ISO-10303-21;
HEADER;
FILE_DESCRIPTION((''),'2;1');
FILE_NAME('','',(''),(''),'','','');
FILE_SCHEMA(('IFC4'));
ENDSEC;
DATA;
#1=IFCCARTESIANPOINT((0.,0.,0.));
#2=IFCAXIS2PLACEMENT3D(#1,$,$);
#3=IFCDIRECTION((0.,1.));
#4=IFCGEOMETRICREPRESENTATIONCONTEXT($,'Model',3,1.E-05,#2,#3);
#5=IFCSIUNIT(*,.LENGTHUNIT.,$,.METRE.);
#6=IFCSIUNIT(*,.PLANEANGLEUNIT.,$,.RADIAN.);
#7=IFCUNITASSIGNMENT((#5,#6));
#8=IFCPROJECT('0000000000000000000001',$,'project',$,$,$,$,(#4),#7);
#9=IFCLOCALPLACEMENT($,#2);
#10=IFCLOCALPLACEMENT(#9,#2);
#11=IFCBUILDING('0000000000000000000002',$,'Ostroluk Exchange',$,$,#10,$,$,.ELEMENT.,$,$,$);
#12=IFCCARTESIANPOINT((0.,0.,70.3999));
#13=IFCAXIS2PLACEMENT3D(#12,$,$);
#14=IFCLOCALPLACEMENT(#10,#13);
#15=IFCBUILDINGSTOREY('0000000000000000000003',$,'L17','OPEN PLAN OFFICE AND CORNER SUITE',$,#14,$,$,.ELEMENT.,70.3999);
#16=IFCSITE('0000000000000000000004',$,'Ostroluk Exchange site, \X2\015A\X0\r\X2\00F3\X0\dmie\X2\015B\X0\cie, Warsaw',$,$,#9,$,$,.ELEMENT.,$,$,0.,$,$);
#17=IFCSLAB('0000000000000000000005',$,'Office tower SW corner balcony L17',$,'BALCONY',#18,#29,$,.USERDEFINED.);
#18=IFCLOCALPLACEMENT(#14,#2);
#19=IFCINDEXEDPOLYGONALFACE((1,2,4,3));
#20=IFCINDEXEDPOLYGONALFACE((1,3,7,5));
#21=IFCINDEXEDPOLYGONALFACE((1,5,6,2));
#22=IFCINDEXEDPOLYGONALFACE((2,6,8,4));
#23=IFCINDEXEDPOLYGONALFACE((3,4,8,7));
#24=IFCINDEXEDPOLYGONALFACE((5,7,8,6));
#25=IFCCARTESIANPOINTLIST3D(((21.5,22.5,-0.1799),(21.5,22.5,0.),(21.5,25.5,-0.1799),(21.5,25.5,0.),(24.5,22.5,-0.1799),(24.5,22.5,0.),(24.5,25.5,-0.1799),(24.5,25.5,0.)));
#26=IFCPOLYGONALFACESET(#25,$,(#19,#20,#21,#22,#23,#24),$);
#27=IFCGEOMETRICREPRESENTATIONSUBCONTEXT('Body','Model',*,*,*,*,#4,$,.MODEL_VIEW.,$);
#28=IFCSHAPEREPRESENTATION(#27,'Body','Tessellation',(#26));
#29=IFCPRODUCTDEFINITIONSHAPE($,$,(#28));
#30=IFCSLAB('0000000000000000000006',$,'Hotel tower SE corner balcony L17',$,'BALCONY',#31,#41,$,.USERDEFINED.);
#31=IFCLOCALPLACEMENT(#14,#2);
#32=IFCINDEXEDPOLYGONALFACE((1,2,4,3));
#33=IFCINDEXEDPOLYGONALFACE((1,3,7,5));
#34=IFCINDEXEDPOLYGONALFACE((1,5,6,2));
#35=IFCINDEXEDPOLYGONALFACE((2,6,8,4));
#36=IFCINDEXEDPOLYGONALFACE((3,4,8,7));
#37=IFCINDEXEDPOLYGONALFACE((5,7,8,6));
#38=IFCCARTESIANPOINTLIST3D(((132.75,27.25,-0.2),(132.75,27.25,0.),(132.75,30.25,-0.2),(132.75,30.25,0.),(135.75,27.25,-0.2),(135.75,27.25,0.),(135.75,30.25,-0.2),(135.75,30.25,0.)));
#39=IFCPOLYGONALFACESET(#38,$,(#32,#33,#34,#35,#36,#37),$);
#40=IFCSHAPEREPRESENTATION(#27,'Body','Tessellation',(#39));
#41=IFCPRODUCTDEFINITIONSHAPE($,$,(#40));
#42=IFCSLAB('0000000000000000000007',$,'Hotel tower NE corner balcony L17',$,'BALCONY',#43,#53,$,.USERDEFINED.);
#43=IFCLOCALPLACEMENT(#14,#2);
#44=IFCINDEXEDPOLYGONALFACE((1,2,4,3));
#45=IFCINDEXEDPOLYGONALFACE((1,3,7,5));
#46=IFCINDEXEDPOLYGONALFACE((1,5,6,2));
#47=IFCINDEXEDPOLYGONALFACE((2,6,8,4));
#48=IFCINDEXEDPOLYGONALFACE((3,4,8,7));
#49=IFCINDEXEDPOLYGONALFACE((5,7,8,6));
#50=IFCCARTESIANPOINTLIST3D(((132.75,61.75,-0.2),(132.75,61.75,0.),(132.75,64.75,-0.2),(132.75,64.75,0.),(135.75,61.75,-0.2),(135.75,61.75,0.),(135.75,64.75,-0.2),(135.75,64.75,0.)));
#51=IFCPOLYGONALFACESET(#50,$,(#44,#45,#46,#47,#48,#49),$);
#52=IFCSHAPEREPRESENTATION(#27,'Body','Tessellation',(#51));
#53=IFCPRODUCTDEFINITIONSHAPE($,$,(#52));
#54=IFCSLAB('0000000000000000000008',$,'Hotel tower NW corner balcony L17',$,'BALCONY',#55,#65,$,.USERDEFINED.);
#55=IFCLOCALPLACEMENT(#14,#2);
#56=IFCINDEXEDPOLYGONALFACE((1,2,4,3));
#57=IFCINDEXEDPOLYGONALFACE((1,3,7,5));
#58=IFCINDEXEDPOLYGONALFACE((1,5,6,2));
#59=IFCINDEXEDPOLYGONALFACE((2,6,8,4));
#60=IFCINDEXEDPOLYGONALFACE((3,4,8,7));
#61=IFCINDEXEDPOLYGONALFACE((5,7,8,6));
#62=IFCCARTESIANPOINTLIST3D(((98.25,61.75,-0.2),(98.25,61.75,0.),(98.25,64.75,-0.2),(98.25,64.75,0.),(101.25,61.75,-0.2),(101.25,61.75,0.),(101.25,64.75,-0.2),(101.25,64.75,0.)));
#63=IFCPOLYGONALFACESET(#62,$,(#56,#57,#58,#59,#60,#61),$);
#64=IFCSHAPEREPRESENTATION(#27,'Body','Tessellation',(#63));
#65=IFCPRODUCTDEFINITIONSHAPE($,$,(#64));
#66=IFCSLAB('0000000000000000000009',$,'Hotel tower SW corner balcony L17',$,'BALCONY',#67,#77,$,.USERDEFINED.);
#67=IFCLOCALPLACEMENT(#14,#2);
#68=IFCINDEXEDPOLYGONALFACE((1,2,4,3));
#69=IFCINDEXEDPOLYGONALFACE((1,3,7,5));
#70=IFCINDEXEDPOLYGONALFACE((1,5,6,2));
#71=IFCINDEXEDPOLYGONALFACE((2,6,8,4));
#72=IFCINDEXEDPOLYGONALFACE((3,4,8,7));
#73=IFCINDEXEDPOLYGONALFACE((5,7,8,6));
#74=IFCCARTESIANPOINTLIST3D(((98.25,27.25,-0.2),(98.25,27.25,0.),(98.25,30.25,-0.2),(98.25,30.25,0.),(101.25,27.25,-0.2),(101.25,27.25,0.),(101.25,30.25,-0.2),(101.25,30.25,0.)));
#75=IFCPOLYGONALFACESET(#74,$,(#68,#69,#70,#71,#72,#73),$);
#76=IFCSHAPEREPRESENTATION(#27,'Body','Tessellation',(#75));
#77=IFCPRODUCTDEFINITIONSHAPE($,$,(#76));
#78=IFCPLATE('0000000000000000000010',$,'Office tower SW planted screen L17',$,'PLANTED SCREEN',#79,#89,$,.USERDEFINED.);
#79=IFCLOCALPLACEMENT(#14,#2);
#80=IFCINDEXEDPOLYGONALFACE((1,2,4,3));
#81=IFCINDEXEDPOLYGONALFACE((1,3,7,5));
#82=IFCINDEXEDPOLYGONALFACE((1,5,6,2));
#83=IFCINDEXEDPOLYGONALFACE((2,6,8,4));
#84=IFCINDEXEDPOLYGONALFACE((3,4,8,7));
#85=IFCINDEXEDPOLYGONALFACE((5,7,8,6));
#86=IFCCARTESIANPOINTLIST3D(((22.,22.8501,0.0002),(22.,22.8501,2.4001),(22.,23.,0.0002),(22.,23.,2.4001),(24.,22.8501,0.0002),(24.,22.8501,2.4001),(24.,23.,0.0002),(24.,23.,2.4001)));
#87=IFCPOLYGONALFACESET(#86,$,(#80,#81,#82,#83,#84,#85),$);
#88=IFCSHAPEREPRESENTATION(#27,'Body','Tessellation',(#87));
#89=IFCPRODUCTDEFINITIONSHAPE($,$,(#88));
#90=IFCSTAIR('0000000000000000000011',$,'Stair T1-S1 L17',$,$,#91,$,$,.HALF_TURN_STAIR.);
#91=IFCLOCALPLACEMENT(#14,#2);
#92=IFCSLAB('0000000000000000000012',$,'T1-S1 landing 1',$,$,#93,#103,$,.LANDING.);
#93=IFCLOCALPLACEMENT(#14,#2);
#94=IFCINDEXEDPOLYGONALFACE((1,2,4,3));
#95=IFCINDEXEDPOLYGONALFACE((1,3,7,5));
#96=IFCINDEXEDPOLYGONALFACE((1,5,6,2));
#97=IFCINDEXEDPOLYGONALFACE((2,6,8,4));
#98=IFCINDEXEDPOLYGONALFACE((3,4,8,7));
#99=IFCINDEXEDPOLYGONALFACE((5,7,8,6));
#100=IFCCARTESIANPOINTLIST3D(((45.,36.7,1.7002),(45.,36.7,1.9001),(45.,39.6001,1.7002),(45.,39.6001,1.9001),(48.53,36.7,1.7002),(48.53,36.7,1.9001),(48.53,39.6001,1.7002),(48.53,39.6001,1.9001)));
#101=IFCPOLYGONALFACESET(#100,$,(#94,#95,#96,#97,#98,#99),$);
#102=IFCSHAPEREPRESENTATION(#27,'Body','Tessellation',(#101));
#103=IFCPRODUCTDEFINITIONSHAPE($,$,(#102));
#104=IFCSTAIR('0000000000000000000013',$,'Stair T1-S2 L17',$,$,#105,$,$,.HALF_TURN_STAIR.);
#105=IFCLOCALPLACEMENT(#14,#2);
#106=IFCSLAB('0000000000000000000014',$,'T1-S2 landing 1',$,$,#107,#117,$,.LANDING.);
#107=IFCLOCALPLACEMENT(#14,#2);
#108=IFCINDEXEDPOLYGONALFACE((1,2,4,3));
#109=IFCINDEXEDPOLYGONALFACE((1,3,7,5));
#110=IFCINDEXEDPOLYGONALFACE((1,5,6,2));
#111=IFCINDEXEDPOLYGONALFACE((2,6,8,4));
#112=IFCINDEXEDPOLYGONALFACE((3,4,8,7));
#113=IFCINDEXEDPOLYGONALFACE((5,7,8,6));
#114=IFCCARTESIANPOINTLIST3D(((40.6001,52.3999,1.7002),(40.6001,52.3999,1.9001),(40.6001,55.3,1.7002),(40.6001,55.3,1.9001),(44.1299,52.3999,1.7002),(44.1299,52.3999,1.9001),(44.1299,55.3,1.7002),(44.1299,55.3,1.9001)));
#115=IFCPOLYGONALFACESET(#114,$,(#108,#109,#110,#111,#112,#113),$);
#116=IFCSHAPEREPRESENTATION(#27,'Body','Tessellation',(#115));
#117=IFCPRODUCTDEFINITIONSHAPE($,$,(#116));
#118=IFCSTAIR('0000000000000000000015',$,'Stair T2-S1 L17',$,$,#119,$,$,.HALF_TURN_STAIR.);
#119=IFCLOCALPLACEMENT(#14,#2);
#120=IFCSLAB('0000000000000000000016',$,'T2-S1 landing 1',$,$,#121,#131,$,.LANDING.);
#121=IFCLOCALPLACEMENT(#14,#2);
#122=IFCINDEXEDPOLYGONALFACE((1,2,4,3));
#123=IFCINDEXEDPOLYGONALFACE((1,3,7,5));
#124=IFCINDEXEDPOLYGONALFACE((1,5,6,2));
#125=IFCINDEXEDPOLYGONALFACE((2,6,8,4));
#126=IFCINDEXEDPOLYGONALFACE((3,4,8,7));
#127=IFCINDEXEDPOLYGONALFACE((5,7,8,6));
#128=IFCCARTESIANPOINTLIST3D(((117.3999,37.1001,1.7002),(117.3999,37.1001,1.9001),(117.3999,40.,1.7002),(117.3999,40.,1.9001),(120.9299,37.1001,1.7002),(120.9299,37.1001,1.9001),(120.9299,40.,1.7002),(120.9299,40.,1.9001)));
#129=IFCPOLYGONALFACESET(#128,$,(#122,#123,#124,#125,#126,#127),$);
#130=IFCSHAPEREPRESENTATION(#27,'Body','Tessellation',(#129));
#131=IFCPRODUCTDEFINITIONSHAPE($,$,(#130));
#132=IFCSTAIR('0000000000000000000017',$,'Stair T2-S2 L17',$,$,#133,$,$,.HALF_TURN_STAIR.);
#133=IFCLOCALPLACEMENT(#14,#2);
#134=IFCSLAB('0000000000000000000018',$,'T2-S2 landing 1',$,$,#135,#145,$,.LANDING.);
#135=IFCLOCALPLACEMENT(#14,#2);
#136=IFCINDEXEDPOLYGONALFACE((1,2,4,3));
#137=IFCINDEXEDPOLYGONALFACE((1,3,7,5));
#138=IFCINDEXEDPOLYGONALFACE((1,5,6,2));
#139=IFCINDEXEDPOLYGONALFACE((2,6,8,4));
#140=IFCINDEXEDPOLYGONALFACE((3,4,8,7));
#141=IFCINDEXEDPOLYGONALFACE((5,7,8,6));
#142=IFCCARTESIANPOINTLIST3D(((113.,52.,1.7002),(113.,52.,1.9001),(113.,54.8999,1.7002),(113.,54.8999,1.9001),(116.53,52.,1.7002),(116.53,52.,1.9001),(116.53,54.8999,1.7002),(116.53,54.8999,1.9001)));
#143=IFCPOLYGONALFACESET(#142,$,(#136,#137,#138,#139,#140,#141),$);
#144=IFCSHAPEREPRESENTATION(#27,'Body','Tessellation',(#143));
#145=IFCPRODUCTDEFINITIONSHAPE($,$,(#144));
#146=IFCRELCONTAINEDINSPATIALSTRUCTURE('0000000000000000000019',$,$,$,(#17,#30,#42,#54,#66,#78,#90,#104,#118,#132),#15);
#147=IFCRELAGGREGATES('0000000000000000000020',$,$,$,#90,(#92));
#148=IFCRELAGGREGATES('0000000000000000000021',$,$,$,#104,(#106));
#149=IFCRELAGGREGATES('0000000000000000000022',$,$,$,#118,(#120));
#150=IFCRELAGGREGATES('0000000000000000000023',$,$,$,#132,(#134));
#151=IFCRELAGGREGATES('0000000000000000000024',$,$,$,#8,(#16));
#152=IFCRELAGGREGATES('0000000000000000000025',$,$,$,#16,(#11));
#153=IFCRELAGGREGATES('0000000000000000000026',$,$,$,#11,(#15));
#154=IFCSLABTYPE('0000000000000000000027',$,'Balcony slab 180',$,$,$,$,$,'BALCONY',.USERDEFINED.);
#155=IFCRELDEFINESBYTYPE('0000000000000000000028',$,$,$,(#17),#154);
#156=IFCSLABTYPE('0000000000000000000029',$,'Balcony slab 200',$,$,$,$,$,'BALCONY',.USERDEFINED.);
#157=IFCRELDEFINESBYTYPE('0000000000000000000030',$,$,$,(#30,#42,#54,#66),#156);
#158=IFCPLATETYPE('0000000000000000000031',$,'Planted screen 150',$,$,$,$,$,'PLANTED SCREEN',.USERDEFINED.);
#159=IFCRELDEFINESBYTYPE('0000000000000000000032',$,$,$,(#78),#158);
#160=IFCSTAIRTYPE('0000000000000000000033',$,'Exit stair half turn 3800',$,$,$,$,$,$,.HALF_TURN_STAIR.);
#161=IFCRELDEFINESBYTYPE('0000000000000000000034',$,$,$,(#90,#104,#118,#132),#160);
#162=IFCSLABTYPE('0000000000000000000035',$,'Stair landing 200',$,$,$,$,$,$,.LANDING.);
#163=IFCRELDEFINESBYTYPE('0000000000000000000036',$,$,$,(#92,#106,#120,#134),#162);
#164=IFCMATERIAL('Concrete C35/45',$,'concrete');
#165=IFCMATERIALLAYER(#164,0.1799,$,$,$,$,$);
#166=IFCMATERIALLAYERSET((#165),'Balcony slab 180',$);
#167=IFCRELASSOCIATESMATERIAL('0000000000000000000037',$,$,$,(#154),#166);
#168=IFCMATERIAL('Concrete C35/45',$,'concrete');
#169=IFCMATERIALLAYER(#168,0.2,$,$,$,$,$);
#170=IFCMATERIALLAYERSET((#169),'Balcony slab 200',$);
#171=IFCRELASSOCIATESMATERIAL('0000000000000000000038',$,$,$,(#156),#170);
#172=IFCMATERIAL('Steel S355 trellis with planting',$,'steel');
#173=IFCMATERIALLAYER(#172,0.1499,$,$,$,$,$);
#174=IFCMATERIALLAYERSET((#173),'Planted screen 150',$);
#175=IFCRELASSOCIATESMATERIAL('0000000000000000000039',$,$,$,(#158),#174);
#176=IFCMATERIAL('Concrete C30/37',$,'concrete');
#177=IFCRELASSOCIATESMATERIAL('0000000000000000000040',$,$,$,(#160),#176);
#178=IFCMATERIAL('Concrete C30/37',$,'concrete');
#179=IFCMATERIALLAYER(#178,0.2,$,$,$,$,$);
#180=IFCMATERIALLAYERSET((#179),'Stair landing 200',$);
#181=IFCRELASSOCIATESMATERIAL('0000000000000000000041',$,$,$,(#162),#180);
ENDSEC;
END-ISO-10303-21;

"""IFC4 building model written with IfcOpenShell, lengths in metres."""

from ifc_helpers import new_model, si_unit, direction, frame, origin, origin_2d, place, context, subcontext, project, spatial, polyline, rectangle, outline, extrude, material, layer, layer_set, type_object, element, aggregate, save


model = new_model("IFC4")

# Units and contexts
model_context = context("Model", 3, precision=1e-05, world=origin(), true_north=direction((0.0, 1.0)))
body_context = subcontext(model_context, "Body", "Model", "MODEL_VIEW")
ifc_project = project(units=[si_unit("LENGTHUNIT", "METRE"), si_unit("PLANEANGLEUNIT", "RADIAN")], contexts=[model_context])

# Site, building, storey
site_placement = place(None, origin())
site = spatial("IfcSite", under=ifc_project, at=site_placement, Name="Ostroluk Exchange site, Śródmieście, Warsaw", CompositionType="ELEMENT", RefElevation=0.0)
building_placement = place(site_placement, origin())
building = spatial("IfcBuilding", under=site, at=building_placement, Name="Ostroluk Exchange", CompositionType="ELEMENT")
storey_placement = place(building_placement, frame((0.0, 0.0, 70.3999)))
storey = spatial("IfcBuildingStorey", under=building, at=storey_placement, Name="L17", Description="OPEN PLAN OFFICE AND CORNER SUITE", CompositionType="ELEMENT", Elevation=70.3999)

# Slabs
ifc_material_1 = material(Name="Concrete C35/45", Category="concrete")
ifc_layer_1 = layer(ifc_material_1, 0.1799)
ifc_layer_set_1 = layer_set([ifc_layer_1], Name="Balcony slab 180")
slab_type_1 = type_object("IfcSlabType", Name="Balcony slab 180", ElementType="BALCONY", PredefinedType="USERDEFINED", material=ifc_layer_set_1)
slab_1_placement = place(storey_placement, frame((0.0, 0.0, -0.1799)))
element("IfcSlab", 1, at=slab_1_placement, inside=storey, type_object=slab_type_1, Name="Office tower SW corner balcony L17", ObjectType="BALCONY", PredefinedType="USERDEFINED", context=body_context, shape_type="SweptSolid", body=[
    extrude(outline(polyline([(21.5, 22.5), (24.5, 22.5), (24.5, 25.5), (21.5, 25.5), (21.5, 22.5)])), origin(), (0.0, 0.0, 1.0), 0.1799),
])
ifc_material_2 = material(Name="Concrete C35/45", Category="concrete")
ifc_layer_2 = layer(ifc_material_2, 0.2)
ifc_layer_set_2 = layer_set([ifc_layer_2], Name="Balcony slab 200")
slab_type_2 = type_object("IfcSlabType", Name="Balcony slab 200", ElementType="BALCONY", PredefinedType="USERDEFINED", material=ifc_layer_set_2)
slab_2_placement = place(storey_placement, frame((0.0, 0.0, -0.2)))
element("IfcSlab", 2, at=slab_2_placement, inside=storey, type_object=slab_type_2, Name="Hotel tower SE corner balcony L17", ObjectType="BALCONY", PredefinedType="USERDEFINED", context=body_context, shape_type="SweptSolid", body=[
    extrude(outline(polyline([(132.75, 27.25), (135.75, 27.25), (135.75, 30.25), (132.75, 30.25), (132.75, 27.25)])), origin(), (0.0, 0.0, 1.0), 0.2),
])
slab_3_placement = place(storey_placement, frame((0.0, 0.0, -0.2)))
element("IfcSlab", 3, at=slab_3_placement, inside=storey, type_object=slab_type_2, Name="Hotel tower NE corner balcony L17", ObjectType="BALCONY", PredefinedType="USERDEFINED", context=body_context, shape_type="SweptSolid", body=[
    extrude(outline(polyline([(132.75, 61.75), (135.75, 61.75), (135.75, 64.75), (132.75, 64.75), (132.75, 61.75)])), origin(), (0.0, 0.0, 1.0), 0.2),
])
slab_4_placement = place(storey_placement, frame((0.0, 0.0, -0.2)))
element("IfcSlab", 4, at=slab_4_placement, inside=storey, type_object=slab_type_2, Name="Hotel tower NW corner balcony L17", ObjectType="BALCONY", PredefinedType="USERDEFINED", context=body_context, shape_type="SweptSolid", body=[
    extrude(outline(polyline([(98.25, 61.75), (101.25, 61.75), (101.25, 64.75), (98.25, 64.75), (98.25, 61.75)])), origin(), (0.0, 0.0, 1.0), 0.2),
])
slab_5_placement = place(storey_placement, frame((0.0, 0.0, -0.2)))
element("IfcSlab", 5, at=slab_5_placement, inside=storey, type_object=slab_type_2, Name="Hotel tower SW corner balcony L17", ObjectType="BALCONY", PredefinedType="USERDEFINED", context=body_context, shape_type="SweptSolid", body=[
    extrude(outline(polyline([(98.25, 27.25), (101.25, 27.25), (101.25, 30.25), (98.25, 30.25), (98.25, 27.25)])), origin(), (0.0, 0.0, 1.0), 0.2),
])

# Plate
ifc_material_3 = material(Name="Steel S355 trellis with planting", Category="steel")
ifc_layer_3 = layer(ifc_material_3, 0.1499)
ifc_layer_set_3 = layer_set([ifc_layer_3], Name="Planted screen 150")
plate_type = type_object("IfcPlateType", Name="Planted screen 150", ElementType="PLANTED SCREEN", PredefinedType="USERDEFINED", material=ifc_layer_set_3)
plate_placement = place(storey_placement, frame((23.0, 22.925, 0.0002), z_axis=(0.0, 0.0, 1.0), x_axis=(1.0, 0.0, 0.0)))
element("IfcPlate", 6, at=plate_placement, inside=storey, type_object=plate_type, Name="Office tower SW planted screen L17", ObjectType="PLANTED SCREEN", PredefinedType="USERDEFINED", context=body_context, shape_type="SweptSolid", body=[
    extrude(rectangle(XDim=2.0, YDim=0.1499, at=origin_2d()), origin(), (0.0, 0.0, 1.0), 2.3999),
])

# Stairs, slabs
ifc_material_4 = material(Name="Concrete C30/37", Category="concrete")
stair_type = type_object("IfcStairType", Name="Exit stair half turn 3800", PredefinedType="HALF_TURN_STAIR", material=ifc_material_4)
stair_1_placement = place(storey_placement, origin())
stair_1 = element("IfcStair", 7, at=stair_1_placement, inside=storey, type_object=stair_type, Name="Stair T1-S1 L17", PredefinedType="HALF_TURN_STAIR")
ifc_material_5 = material(Name="Concrete C30/37", Category="concrete")
ifc_layer_4 = layer(ifc_material_5, 0.2)
ifc_layer_set_4 = layer_set([ifc_layer_4], Name="Stair landing 200")
slab_type_3 = type_object("IfcSlabType", Name="Stair landing 200", PredefinedType="LANDING", material=ifc_layer_set_4)
slab_6_placement = place(storey_placement, frame((0.0, 0.0, 1.7002)))
slab_6 = element("IfcSlab", 8, at=slab_6_placement, type_object=slab_type_3, Name="T1-S1 landing 1", PredefinedType="LANDING", context=body_context, shape_type="SweptSolid", body=[
    extrude(outline(polyline([(45.0, 36.7), (45.0, 39.6001), (48.53, 39.6001), (48.53, 36.7), (45.0, 36.7)])), origin(), (0.0, 0.0, 1.0), 0.2),
])
aggregate(stair_1, [slab_6])
stair_2_placement = place(storey_placement, origin())
stair_2 = element("IfcStair", 9, at=stair_2_placement, inside=storey, type_object=stair_type, Name="Stair T1-S2 L17", PredefinedType="HALF_TURN_STAIR")
slab_7_placement = place(storey_placement, frame((0.0, 0.0, 1.7002)))
slab_7 = element("IfcSlab", 10, at=slab_7_placement, type_object=slab_type_3, Name="T1-S2 landing 1", PredefinedType="LANDING", context=body_context, shape_type="SweptSolid", body=[
    extrude(outline(polyline([(44.1299, 52.3999), (44.1299, 55.3), (40.6001, 55.3), (40.6001, 52.3999), (44.1299, 52.3999)])), origin(), (0.0, 0.0, 1.0), 0.2),
])
aggregate(stair_2, [slab_7])
stair_3_placement = place(storey_placement, origin())
stair_3 = element("IfcStair", 11, at=stair_3_placement, inside=storey, type_object=stair_type, Name="Stair T2-S1 L17", PredefinedType="HALF_TURN_STAIR")
slab_8_placement = place(storey_placement, frame((0.0, 0.0, 1.7002)))
slab_8 = element("IfcSlab", 12, at=slab_8_placement, type_object=slab_type_3, Name="T2-S1 landing 1", PredefinedType="LANDING", context=body_context, shape_type="SweptSolid", body=[
    extrude(outline(polyline([(117.3999, 37.1001), (117.3999, 40.0), (120.9299, 40.0), (120.9299, 37.1001), (117.3999, 37.1001)])), origin(), (0.0, 0.0, 1.0), 0.2),
])
aggregate(stair_3, [slab_8])
stair_4_placement = place(storey_placement, origin())
stair_4 = element("IfcStair", 13, at=stair_4_placement, inside=storey, type_object=stair_type, Name="Stair T2-S2 L17", PredefinedType="HALF_TURN_STAIR")
slab_9_placement = place(storey_placement, frame((0.0, 0.0, 1.7002)))
slab_9 = element("IfcSlab", 14, at=slab_9_placement, type_object=slab_type_3, Name="T2-S2 landing 1", PredefinedType="LANDING", context=body_context, shape_type="SweptSolid", body=[
    extrude(outline(polyline([(116.53, 52.0), (116.53, 54.8999), (113.0, 54.8999), (113.0, 52.0), (116.53, 52.0)])), origin(), (0.0, 0.0, 1.0), 0.2),
])
aggregate(stair_4, [slab_9])

save(model, "model.ifc")
